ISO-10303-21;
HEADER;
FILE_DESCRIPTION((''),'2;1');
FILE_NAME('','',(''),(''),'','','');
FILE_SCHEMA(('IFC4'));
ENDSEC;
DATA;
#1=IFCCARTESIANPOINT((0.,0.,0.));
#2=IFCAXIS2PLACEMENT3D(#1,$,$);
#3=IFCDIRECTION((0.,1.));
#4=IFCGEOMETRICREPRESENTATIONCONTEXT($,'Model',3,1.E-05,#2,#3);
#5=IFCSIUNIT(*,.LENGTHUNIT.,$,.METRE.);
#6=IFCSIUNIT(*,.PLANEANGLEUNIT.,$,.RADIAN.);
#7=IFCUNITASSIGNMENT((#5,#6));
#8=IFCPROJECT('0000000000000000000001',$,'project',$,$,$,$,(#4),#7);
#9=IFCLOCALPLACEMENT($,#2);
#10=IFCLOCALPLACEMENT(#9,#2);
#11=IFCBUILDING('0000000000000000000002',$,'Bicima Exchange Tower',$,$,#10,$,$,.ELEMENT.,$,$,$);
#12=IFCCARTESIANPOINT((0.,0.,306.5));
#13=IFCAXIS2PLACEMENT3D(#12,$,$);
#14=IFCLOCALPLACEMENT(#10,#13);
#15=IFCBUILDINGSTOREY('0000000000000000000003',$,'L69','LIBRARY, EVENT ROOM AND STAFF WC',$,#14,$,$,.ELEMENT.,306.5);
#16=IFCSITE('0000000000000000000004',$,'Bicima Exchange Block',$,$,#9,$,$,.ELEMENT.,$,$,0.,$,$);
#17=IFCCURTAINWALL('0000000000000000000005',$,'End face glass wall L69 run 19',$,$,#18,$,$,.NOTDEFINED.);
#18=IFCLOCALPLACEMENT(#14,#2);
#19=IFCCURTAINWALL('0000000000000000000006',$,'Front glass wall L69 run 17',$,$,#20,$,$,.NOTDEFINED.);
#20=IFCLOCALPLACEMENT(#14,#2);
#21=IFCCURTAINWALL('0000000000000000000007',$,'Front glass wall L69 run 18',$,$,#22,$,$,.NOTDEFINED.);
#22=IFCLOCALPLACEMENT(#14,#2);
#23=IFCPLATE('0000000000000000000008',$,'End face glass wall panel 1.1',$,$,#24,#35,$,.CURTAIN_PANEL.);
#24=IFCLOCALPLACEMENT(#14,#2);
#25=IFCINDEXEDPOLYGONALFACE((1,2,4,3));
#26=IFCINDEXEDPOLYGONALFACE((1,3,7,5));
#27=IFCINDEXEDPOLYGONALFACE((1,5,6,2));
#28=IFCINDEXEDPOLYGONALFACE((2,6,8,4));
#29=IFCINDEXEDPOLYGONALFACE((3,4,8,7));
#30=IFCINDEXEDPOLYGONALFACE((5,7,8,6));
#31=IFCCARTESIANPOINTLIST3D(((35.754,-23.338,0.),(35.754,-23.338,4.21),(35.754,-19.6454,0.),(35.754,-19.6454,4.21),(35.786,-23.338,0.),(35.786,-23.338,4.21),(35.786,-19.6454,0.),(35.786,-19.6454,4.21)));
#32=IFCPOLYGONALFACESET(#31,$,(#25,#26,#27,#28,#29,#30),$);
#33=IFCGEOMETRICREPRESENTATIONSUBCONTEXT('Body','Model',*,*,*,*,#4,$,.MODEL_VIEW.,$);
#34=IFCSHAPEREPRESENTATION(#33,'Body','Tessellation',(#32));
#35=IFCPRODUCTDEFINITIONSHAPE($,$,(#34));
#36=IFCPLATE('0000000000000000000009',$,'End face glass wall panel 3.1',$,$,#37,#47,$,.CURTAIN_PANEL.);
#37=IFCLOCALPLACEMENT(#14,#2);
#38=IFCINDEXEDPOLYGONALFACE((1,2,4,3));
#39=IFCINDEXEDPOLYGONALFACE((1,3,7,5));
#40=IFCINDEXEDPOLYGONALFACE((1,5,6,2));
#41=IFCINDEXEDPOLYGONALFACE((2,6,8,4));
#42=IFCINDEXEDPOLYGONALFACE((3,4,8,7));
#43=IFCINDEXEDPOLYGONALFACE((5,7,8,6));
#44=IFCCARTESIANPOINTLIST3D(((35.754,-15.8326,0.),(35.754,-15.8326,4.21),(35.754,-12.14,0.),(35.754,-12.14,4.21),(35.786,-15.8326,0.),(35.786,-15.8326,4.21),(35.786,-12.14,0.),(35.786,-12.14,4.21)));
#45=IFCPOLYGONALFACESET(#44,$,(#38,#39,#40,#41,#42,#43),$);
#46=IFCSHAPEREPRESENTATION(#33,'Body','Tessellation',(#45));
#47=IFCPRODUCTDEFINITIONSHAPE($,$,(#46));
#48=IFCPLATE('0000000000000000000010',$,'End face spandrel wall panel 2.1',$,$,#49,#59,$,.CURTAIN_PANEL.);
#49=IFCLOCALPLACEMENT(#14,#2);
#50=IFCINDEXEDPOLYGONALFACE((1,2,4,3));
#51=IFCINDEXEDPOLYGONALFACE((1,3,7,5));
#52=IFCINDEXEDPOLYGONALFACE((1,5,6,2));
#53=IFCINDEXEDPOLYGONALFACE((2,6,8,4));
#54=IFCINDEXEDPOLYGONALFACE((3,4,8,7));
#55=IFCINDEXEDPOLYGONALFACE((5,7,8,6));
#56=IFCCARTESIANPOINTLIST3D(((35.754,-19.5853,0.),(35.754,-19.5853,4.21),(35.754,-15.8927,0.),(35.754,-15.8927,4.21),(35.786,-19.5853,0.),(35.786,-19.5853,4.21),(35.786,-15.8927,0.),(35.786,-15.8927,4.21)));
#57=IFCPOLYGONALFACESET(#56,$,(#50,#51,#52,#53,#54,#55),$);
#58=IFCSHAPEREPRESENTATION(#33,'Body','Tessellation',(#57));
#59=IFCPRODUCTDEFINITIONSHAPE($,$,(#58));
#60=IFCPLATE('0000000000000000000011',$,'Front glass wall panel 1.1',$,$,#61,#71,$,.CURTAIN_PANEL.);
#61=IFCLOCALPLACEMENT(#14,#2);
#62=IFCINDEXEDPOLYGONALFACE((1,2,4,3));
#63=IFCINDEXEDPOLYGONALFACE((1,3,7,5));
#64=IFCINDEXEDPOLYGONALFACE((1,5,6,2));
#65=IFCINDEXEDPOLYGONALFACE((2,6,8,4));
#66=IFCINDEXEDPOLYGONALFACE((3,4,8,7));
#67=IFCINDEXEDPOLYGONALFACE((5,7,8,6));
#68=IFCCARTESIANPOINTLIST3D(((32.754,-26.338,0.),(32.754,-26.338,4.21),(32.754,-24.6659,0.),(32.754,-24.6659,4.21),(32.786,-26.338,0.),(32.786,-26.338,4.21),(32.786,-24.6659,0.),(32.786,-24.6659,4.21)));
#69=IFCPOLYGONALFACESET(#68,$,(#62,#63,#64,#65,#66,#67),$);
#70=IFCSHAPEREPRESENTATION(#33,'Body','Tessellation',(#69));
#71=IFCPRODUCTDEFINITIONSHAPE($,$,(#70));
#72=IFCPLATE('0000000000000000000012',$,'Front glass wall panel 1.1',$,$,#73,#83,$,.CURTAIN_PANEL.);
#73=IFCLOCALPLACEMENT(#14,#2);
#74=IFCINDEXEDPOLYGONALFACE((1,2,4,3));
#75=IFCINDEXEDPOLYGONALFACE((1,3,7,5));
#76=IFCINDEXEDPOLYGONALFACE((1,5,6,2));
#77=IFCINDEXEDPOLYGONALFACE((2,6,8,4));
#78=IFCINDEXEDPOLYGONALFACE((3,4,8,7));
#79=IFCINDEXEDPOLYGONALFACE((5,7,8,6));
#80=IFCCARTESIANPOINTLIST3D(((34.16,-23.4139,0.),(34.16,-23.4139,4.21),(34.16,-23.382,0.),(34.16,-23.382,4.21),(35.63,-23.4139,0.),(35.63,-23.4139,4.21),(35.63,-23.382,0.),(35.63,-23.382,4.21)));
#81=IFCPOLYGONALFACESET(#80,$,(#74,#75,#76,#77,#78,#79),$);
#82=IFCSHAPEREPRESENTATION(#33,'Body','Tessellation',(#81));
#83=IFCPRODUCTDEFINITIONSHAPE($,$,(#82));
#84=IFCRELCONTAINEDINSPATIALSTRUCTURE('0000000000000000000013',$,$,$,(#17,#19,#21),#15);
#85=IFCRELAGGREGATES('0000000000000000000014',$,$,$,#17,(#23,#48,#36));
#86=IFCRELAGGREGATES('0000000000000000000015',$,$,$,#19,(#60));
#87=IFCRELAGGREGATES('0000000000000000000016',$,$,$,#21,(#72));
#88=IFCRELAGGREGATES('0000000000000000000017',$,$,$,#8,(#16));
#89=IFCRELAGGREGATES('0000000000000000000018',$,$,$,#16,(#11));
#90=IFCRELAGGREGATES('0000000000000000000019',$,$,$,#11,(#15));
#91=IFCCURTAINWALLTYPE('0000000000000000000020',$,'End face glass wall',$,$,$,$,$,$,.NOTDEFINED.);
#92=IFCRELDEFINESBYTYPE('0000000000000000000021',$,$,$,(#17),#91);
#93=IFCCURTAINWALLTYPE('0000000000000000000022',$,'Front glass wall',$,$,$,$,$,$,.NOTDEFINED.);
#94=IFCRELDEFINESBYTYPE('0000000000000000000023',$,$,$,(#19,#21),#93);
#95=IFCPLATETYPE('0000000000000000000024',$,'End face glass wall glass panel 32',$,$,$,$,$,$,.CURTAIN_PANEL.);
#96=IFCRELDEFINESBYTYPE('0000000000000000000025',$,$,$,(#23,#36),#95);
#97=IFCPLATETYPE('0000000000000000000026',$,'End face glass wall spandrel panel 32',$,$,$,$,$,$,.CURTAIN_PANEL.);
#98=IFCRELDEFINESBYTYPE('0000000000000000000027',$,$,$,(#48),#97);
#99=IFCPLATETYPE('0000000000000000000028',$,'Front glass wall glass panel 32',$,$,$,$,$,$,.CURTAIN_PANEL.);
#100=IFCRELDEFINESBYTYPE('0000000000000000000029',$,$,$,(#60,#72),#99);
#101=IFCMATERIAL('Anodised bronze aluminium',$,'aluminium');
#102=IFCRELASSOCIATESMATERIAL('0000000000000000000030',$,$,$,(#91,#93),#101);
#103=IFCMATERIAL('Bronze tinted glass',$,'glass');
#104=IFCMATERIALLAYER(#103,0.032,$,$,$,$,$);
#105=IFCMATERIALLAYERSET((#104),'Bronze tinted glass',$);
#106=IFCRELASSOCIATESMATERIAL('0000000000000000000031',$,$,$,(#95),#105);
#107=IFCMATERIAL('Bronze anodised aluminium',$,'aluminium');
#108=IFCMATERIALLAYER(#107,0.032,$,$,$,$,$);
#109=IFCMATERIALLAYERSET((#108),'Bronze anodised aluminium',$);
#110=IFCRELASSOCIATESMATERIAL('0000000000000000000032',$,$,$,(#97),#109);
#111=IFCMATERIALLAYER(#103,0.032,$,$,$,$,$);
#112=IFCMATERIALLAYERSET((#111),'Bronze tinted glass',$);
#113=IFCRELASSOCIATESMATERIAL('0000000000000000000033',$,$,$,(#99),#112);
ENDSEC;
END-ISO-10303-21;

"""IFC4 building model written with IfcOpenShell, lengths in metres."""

from ifc_helpers import new_model, si_unit, direction, frame, origin, origin_2d, place, context, subcontext, project, spatial, rectangle, extrude, material, layer, layer_set, type_object, element, aggregate, save


model = new_model("IFC4")

# Units and contexts
model_context = context("Model", 3, precision=1e-05, world=origin(), true_north=direction((0.0, 1.0)))
body_context = subcontext(model_context, "Body", "Model", "MODEL_VIEW")
ifc_project = project(units=[si_unit("LENGTHUNIT", "METRE"), si_unit("PLANEANGLEUNIT", "RADIAN")], contexts=[model_context])

# Site, building, storey
site_placement = place(None, origin())
site = spatial("IfcSite", under=ifc_project, at=site_placement, Name="Bicima Exchange Block", CompositionType="ELEMENT", RefElevation=0.0)
building_placement = place(site_placement, origin())
building = spatial("IfcBuilding", under=site, at=building_placement, Name="Bicima Exchange Tower", CompositionType="ELEMENT")
storey_placement = place(building_placement, frame((0.0, 0.0, 306.5)))
storey = spatial("IfcBuildingStorey", under=building, at=storey_placement, Name="L69", Description="LIBRARY, EVENT ROOM AND STAFF WC", CompositionType="ELEMENT", Elevation=306.5)

# Curtain wall
ifc_material_1 = material(Name="Anodised bronze aluminium", Category="aluminium")
curtain_wall_type_1 = type_object("IfcCurtainWallType", Name="End face glass wall", PredefinedType="NOTDEFINED", material=ifc_material_1)
curtain_wall_1_placement = place(storey_placement, origin())
curtain_wall_1 = element("IfcCurtainWall", 1, at=curtain_wall_1_placement, inside=storey, type_object=curtain_wall_type_1, Name="End face glass wall L69 run 19", PredefinedType="NOTDEFINED")

# Curtain wall
curtain_wall_type_2 = type_object("IfcCurtainWallType", Name="Front glass wall", PredefinedType="NOTDEFINED", material=ifc_material_1)
curtain_wall_2_placement = place(storey_placement, origin())
curtain_wall_2 = element("IfcCurtainWall", 2, at=curtain_wall_2_placement, inside=storey, type_object=curtain_wall_type_2, Name="Front glass wall L69 run 17", PredefinedType="NOTDEFINED")

# Curtain wall
curtain_wall_3_placement = place(storey_placement, origin())
curtain_wall_3 = element("IfcCurtainWall", 3, at=curtain_wall_3_placement, inside=storey, type_object=curtain_wall_type_2, Name="Front glass wall L69 run 18", PredefinedType="NOTDEFINED")

# Plates
ifc_material_2 = material(Name="Bronze tinted glass", Category="glass")
ifc_layer_1 = layer(ifc_material_2, 0.032)
ifc_layer_set_1 = layer_set([ifc_layer_1], Name="Bronze tinted glass")
plate_type_1 = type_object("IfcPlateType", Name="End face glass wall glass panel 32", PredefinedType="CURTAIN_PANEL", material=ifc_layer_set_1)
plate_1_placement = place(storey_placement, frame((35.77, -21.4917, 0.0), z_axis=(0.0, 0.0, 1.0), x_axis=(0.0, 1.0, 0.0)))
plate_1 = element("IfcPlate", 4, at=plate_1_placement, type_object=plate_type_1, Name="End face glass wall panel 1.1", PredefinedType="CURTAIN_PANEL", context=body_context, shape_type="SweptSolid", body=[
    extrude(rectangle(XDim=3.6926, YDim=0.032, at=origin_2d()), origin(), (0.0, 0.0, 1.0), 4.21),
])
plate_2_placement = place(storey_placement, frame((35.77, -13.9863, 0.0), z_axis=(0.0, 0.0, 1.0), x_axis=(0.0, 1.0, 0.0)))
plate_2 = element("IfcPlate", 5, at=plate_2_placement, type_object=plate_type_1, Name="End face glass wall panel 3.1", PredefinedType="CURTAIN_PANEL", context=body_context, shape_type="SweptSolid", body=[
    extrude(rectangle(XDim=3.6926, YDim=0.032, at=origin_2d()), origin(), (0.0, 0.0, 1.0), 4.21),
])
ifc_material_3 = material(Name="Bronze anodised aluminium", Category="aluminium")
ifc_layer_2 = layer(ifc_material_3, 0.032)
ifc_layer_set_2 = layer_set([ifc_layer_2], Name="Bronze anodised aluminium")
plate_type_2 = type_object("IfcPlateType", Name="End face glass wall spandrel panel 32", PredefinedType="CURTAIN_PANEL", material=ifc_layer_set_2)
plate_3_placement = place(storey_placement, frame((35.77, -17.739, 0.0), z_axis=(0.0, 0.0, 1.0), x_axis=(0.0, 1.0, 0.0)))
plate_3 = element("IfcPlate", 6, at=plate_3_placement, type_object=plate_type_2, Name="End face spandrel wall panel 2.1", PredefinedType="CURTAIN_PANEL", context=body_context, shape_type="SweptSolid", body=[
    extrude(rectangle(XDim=3.6926, YDim=0.032, at=origin_2d()), origin(), (0.0, 0.0, 1.0), 4.21),
])
aggregate(curtain_wall_1, [plate_1, plate_3, plate_2])
ifc_layer_3 = layer(ifc_material_2, 0.032)
ifc_layer_set_3 = layer_set([ifc_layer_3], Name="Bronze tinted glass")
plate_type_3 = type_object("IfcPlateType", Name="Front glass wall glass panel 32", PredefinedType="CURTAIN_PANEL", material=ifc_layer_set_3)
plate_4_placement = place(storey_placement, frame((32.77, -25.502, 0.0), z_axis=(0.0, 0.0, 1.0), x_axis=(0.0, 1.0, 0.0)))
plate_4 = element("IfcPlate", 7, at=plate_4_placement, type_object=plate_type_3, Name="Front glass wall panel 1.1", PredefinedType="CURTAIN_PANEL", context=body_context, shape_type="SweptSolid", body=[
    extrude(rectangle(XDim=1.6721, YDim=0.032, at=origin_2d()), origin(), (0.0, 0.0, 1.0), 4.21),
])
aggregate(curtain_wall_2, [plate_4])
plate_5_placement = place(storey_placement, frame((34.895, -23.3979, 0.0), z_axis=(0.0, 0.0, 1.0), x_axis=(1.0, 0.0, 0.0)))
plate_5 = element("IfcPlate", 8, at=plate_5_placement, type_object=plate_type_3, Name="Front glass wall panel 1.1", PredefinedType="CURTAIN_PANEL", context=body_context, shape_type="SweptSolid", body=[
    extrude(rectangle(XDim=1.47, YDim=0.032, at=origin_2d()), origin(), (0.0, 0.0, 1.0), 4.21),
])
aggregate(curtain_wall_3, [plate_5])

save(model, "model.ifc")
